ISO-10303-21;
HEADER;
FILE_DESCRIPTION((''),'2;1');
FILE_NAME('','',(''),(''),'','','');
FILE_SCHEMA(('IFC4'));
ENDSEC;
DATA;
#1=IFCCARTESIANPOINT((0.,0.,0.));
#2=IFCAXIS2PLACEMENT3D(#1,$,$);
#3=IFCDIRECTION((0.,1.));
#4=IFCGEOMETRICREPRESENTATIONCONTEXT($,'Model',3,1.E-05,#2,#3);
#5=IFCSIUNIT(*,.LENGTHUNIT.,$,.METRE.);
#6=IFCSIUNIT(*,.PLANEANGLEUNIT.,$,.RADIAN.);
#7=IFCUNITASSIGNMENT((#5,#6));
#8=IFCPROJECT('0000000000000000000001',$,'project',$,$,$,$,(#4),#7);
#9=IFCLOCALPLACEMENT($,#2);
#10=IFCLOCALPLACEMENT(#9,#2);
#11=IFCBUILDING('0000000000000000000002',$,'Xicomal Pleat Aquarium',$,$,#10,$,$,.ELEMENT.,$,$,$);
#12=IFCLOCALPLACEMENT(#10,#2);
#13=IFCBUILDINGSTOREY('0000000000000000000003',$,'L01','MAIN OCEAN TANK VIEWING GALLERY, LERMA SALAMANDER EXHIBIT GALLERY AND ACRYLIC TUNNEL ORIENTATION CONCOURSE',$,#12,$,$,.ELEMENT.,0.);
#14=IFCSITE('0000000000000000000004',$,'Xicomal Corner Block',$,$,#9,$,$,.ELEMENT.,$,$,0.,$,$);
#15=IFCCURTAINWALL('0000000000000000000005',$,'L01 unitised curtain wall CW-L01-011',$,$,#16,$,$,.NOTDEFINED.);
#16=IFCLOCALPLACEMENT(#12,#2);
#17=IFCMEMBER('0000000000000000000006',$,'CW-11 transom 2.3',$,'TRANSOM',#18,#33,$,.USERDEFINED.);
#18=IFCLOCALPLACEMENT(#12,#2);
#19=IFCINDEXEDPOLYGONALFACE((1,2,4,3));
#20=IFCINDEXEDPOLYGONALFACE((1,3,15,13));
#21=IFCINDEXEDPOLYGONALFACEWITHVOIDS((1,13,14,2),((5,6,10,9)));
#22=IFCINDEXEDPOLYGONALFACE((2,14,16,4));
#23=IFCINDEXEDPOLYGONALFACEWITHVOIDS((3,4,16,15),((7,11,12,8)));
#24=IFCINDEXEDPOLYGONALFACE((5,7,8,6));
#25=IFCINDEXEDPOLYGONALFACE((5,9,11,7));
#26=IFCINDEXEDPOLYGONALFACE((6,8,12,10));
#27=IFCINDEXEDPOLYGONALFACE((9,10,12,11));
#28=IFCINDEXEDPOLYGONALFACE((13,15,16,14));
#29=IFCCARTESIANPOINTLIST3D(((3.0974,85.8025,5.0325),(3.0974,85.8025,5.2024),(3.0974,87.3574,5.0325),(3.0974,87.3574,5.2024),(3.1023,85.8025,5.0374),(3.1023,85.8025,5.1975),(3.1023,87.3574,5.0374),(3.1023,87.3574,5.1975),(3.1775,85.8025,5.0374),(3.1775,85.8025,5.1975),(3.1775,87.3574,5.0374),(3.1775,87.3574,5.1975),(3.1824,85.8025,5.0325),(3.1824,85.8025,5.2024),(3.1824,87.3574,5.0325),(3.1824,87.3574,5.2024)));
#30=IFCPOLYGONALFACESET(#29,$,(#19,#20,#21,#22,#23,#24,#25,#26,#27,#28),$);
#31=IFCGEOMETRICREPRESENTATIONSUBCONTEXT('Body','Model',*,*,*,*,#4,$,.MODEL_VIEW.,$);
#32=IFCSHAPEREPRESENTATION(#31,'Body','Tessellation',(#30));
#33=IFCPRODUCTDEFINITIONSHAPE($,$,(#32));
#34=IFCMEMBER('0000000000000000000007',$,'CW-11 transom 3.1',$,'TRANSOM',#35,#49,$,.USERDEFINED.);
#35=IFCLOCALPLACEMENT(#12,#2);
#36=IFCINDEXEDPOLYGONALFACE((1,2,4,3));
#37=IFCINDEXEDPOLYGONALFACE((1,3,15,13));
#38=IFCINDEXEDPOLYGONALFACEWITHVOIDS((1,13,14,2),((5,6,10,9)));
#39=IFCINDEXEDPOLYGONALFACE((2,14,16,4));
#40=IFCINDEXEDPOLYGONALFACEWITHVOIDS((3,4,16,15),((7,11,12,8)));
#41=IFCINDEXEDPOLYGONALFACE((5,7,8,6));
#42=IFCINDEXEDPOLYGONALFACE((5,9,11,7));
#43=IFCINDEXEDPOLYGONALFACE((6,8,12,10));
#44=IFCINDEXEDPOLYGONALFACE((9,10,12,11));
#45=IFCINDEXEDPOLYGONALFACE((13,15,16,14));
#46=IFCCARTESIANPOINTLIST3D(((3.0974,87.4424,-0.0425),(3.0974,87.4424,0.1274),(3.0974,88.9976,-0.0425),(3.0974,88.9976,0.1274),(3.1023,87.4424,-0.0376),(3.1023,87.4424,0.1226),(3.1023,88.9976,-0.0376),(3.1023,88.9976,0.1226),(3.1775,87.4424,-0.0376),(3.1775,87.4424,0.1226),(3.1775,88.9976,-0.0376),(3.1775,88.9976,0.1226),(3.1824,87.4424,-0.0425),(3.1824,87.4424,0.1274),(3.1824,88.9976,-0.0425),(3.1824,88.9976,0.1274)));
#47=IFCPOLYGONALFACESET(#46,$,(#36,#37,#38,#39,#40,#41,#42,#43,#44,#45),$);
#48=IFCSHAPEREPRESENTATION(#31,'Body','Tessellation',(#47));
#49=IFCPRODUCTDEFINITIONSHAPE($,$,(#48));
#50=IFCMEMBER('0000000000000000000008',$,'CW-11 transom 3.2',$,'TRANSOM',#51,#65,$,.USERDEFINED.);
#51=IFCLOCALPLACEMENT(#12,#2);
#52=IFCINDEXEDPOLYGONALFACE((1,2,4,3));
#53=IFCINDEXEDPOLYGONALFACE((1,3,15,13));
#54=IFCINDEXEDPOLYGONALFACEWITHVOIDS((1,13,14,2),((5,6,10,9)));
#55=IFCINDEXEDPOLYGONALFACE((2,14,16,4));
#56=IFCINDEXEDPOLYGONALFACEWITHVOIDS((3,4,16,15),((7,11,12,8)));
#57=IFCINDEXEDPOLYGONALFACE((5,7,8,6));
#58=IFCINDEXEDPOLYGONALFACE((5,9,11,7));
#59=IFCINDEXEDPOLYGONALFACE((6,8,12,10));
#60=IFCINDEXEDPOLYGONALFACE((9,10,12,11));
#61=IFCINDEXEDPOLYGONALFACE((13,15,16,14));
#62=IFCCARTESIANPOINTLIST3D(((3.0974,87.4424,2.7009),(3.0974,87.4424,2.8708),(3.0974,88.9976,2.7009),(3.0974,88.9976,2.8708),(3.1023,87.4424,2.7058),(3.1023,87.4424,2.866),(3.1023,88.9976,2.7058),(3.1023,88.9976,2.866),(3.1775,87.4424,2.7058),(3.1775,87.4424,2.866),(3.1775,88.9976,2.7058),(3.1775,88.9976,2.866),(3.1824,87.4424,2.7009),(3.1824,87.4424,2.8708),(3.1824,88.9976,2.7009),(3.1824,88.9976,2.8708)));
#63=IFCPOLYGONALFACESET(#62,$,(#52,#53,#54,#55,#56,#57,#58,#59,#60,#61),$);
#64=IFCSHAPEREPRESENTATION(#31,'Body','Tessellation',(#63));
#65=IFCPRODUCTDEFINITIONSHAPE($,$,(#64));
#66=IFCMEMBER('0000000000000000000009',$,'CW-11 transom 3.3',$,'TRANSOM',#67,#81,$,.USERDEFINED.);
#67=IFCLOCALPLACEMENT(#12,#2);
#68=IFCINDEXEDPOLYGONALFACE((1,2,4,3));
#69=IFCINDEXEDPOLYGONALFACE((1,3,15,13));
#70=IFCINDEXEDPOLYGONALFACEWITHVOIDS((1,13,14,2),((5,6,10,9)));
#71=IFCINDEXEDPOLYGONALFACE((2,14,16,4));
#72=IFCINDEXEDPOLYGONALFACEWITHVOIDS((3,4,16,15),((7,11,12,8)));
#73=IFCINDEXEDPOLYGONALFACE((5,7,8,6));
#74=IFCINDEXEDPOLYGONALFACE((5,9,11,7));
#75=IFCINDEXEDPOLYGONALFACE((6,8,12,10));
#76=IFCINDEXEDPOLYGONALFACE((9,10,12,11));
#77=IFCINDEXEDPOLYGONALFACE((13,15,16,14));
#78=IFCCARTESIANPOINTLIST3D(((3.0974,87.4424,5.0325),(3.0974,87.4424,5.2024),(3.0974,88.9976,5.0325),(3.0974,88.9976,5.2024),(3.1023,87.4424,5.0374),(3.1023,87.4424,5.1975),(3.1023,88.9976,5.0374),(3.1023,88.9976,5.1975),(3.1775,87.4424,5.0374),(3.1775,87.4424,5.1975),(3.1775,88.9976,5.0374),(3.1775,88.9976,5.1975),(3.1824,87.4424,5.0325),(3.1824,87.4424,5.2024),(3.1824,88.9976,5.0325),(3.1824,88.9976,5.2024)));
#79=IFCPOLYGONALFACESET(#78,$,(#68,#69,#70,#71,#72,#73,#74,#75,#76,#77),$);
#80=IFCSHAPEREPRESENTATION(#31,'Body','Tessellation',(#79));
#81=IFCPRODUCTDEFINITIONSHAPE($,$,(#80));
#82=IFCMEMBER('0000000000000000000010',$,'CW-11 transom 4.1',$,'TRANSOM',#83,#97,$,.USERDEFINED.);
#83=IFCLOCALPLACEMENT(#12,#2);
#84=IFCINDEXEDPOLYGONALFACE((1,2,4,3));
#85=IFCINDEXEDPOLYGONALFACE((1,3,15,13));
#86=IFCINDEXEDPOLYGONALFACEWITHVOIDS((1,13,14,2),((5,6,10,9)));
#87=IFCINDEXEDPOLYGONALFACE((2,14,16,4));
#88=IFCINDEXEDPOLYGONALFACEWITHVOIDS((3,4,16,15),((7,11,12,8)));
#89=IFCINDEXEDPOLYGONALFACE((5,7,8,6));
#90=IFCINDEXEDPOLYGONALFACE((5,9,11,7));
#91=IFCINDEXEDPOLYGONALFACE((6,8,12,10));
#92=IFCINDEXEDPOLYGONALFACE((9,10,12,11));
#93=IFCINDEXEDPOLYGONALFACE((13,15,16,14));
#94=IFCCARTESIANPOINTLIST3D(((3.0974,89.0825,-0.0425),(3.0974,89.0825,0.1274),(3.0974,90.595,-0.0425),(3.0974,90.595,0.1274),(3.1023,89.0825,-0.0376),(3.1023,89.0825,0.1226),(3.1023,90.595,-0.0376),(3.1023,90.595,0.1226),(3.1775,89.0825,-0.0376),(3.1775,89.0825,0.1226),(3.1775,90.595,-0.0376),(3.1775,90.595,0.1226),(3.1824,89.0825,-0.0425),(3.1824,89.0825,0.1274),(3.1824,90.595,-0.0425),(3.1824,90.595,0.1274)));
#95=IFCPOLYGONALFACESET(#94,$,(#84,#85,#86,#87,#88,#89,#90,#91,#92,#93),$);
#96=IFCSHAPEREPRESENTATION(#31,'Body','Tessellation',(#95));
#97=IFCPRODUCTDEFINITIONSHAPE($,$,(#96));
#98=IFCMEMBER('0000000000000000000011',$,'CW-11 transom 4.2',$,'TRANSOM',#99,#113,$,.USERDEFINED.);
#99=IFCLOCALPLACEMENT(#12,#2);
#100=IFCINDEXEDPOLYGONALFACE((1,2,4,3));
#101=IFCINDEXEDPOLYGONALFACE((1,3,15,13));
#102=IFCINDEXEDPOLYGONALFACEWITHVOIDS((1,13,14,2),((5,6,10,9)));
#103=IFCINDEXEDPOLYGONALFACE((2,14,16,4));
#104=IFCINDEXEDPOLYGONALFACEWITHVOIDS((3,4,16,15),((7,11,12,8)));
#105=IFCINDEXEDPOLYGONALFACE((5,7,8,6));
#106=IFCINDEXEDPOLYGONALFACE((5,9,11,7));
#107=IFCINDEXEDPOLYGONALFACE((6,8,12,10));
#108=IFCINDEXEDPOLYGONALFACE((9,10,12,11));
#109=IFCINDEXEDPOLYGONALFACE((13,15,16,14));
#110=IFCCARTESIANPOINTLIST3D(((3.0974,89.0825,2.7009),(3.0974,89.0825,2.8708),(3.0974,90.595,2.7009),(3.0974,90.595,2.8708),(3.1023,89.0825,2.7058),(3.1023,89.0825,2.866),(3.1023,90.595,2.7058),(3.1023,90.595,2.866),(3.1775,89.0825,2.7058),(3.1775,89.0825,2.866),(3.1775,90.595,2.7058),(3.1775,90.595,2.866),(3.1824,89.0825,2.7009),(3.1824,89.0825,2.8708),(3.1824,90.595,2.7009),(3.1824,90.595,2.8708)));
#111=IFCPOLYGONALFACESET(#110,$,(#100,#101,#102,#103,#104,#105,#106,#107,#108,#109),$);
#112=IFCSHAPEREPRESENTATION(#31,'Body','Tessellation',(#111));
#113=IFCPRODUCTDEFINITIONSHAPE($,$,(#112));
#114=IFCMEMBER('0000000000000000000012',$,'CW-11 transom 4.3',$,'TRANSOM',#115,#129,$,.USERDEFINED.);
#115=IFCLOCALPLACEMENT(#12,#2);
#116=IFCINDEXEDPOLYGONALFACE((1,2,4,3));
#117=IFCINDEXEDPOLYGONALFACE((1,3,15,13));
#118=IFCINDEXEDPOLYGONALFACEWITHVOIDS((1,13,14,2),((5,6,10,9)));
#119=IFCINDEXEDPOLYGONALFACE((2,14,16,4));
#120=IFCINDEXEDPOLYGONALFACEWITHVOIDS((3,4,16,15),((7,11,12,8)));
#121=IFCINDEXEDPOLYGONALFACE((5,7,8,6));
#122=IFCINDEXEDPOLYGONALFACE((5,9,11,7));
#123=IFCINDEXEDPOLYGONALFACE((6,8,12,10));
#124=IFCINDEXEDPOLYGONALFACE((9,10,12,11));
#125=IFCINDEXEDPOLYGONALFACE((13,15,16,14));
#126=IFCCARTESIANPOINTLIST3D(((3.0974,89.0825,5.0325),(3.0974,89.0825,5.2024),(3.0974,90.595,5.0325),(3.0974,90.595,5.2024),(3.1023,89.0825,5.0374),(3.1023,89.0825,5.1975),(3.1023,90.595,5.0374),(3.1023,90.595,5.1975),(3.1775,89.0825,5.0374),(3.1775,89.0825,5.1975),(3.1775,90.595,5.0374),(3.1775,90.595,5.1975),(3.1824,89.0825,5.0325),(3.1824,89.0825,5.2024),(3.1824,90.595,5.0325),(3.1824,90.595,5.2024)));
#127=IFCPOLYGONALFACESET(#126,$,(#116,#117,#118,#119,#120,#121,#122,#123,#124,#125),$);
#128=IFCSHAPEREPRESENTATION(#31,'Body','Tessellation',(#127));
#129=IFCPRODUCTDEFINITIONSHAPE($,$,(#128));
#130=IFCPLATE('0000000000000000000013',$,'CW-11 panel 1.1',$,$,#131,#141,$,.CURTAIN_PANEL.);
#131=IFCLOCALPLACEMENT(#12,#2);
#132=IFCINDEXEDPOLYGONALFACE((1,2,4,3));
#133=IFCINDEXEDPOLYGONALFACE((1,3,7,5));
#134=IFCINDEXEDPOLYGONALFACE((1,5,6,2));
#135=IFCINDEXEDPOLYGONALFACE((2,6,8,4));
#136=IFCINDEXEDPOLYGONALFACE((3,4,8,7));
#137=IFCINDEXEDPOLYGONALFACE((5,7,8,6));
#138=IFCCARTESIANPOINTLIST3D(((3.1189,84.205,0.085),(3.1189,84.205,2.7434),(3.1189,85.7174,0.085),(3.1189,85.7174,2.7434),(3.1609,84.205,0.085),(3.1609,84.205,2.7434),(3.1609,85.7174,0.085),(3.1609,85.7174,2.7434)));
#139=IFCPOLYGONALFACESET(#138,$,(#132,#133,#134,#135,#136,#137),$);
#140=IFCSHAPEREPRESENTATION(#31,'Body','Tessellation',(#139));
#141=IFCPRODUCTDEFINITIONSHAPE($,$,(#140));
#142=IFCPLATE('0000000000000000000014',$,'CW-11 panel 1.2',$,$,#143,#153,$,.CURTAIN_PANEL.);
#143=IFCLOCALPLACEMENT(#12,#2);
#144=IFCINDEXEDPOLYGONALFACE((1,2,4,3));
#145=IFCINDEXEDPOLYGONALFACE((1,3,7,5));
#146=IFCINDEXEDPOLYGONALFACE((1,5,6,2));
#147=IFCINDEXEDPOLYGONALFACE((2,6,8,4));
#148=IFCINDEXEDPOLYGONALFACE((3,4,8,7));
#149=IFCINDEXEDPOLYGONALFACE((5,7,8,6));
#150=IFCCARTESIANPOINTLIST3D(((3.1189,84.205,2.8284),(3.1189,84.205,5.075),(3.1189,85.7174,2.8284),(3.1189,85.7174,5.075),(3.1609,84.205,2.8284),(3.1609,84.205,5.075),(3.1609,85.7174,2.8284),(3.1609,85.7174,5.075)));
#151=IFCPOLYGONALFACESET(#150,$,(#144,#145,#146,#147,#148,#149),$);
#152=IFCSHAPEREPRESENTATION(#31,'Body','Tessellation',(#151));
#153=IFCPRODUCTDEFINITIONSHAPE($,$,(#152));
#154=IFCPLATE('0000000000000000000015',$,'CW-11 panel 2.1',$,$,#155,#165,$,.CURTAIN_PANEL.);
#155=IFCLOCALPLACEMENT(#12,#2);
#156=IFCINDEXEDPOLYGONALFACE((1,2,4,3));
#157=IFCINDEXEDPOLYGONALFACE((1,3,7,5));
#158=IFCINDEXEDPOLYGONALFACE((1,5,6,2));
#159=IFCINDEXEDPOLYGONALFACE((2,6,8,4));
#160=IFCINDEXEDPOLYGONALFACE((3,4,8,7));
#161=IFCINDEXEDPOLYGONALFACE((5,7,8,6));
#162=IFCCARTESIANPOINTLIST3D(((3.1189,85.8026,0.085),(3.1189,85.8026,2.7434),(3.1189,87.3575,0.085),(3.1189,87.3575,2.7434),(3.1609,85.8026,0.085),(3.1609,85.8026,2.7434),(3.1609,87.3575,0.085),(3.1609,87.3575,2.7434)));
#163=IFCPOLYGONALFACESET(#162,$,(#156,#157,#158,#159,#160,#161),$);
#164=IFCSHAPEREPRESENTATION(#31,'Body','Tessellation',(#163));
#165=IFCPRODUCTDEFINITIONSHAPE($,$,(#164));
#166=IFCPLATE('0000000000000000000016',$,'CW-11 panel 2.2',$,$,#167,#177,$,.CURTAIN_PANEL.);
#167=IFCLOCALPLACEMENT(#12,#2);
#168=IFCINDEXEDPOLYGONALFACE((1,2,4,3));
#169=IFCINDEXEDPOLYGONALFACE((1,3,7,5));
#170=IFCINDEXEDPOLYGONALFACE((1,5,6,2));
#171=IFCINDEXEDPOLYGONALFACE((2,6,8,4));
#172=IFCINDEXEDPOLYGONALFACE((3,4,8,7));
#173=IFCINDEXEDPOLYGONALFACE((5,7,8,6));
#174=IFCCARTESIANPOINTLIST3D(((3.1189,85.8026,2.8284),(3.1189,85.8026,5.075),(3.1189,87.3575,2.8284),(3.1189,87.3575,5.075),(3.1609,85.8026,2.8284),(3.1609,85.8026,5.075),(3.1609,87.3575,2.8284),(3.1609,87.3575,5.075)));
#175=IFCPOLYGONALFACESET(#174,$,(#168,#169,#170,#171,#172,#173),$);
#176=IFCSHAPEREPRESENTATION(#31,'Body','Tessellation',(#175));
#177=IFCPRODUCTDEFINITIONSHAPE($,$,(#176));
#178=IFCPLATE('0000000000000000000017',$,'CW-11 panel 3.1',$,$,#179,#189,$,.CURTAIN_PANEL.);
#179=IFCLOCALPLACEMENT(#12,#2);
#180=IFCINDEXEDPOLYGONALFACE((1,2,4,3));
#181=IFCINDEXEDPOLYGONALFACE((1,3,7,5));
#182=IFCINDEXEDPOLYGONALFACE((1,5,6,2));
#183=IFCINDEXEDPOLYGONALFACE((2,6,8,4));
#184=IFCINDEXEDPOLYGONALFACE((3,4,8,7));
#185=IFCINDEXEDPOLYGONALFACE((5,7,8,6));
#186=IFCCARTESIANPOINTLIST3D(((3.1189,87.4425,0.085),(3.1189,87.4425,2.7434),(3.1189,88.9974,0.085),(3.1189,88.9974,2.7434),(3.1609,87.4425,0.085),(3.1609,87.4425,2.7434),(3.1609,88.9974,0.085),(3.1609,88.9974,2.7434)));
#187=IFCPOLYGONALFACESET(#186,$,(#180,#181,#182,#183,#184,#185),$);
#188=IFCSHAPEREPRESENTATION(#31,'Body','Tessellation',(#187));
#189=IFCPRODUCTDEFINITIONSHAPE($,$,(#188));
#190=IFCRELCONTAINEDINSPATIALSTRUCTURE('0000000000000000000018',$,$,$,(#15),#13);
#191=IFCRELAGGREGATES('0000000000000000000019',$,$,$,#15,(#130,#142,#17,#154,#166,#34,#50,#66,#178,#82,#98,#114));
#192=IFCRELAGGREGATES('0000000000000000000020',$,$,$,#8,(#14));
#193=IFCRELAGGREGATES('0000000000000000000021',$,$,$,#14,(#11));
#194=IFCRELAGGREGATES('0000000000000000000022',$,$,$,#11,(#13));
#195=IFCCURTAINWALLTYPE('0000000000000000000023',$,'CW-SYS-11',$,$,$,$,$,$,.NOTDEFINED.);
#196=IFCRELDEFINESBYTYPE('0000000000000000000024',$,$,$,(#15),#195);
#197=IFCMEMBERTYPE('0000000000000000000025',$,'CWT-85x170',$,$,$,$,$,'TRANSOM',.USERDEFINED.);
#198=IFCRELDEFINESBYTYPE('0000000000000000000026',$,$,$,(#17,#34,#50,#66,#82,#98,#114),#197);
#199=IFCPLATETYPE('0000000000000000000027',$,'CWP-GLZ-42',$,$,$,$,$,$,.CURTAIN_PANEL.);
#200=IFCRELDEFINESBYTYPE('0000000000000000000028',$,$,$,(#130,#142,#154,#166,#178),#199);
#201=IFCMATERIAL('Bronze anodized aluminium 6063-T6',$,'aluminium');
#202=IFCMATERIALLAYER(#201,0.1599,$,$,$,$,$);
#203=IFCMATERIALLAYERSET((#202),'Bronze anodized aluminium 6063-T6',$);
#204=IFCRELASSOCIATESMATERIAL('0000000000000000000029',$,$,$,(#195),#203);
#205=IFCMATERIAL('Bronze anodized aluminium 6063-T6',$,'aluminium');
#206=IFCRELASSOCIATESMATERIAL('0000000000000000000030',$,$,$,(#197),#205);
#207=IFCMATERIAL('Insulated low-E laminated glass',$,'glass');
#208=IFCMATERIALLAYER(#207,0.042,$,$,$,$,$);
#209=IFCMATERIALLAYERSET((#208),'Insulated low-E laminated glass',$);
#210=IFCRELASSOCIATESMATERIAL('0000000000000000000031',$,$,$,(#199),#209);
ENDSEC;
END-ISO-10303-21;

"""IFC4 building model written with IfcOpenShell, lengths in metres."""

from ifc_helpers import new_model, si_unit, direction, frame, origin, origin_2d, place, context, subcontext, project, spatial, rectangle, hollow_rectangle, extrude, material, layer, layer_set, material_profile, profile_set, type_object, element, aggregate, save


model = new_model("IFC4")

# Units and contexts
model_context = context("Model", 3, precision=1e-05, world=origin(), true_north=direction((0.0, 1.0)))
body_context = subcontext(model_context, "Body", "Model", "MODEL_VIEW")
ifc_project = project(units=[si_unit("LENGTHUNIT", "METRE"), si_unit("PLANEANGLEUNIT", "RADIAN")], contexts=[model_context])

# Site, building, storey
site_placement = place(None, origin())
site = spatial("IfcSite", under=ifc_project, at=site_placement, Name="Xicomal Corner Block", CompositionType="ELEMENT", RefElevation=0.0)
building_placement = place(site_placement, origin())
building = spatial("IfcBuilding", under=site, at=building_placement, Name="Xicomal Pleat Aquarium", CompositionType="ELEMENT")
storey_placement = place(building_placement, origin())
storey = spatial("IfcBuildingStorey", under=building, at=storey_placement, Name="L01", Description="MAIN OCEAN TANK VIEWING GALLERY, LERMA SALAMANDER EXHIBIT GALLERY AND ACRYLIC TUNNEL ORIENTATION CONCOURSE", CompositionType="ELEMENT", Elevation=0.0)

# Curtain wall, members, plates
ifc_material_1 = material(Name="Bronze anodized aluminium 6063-T6", Category="aluminium")
ifc_layer_1 = layer(ifc_material_1, 0.1599)
ifc_layer_set_1 = layer_set([ifc_layer_1], Name="Bronze anodized aluminium 6063-T6")
curtain_wall_type = type_object("IfcCurtainWallType", Name="CW-SYS-11", PredefinedType="NOTDEFINED", material=ifc_layer_set_1)
curtain_wall_placement = place(storey_placement, origin())
curtain_wall = element("IfcCurtainWall", 1, at=curtain_wall_placement, inside=storey, type_object=curtain_wall_type, Name="L01 unitised curtain wall CW-L01-011", PredefinedType="NOTDEFINED")
ifc_material_2 = material(Name="Bronze anodized aluminium 6063-T6", Category="aluminium")
ifc_material_profile_1 = material_profile(ifc_material_2, hollow_rectangle(XDim=0.085, YDim=0.1699, WallThickness=0.0049, at=origin_2d()), Name="ALU TRAN 85x170")
ifc_profile_set_1 = profile_set([ifc_material_profile_1], Name="Bronze anodized aluminium 6063-T6")
member_type_1 = type_object("IfcMemberType", Name="CWT-85x170", ElementType="TRANSOM", PredefinedType="USERDEFINED", material=ifc_profile_set_1)
member_1_placement = place(storey_placement, frame((3.1399, 85.8025, 5.1174), z_axis=(0.0, 1.0, 0.0), x_axis=(-1.0, 0.0, 0.0)))
member_1 = element("IfcMember", 2, at=member_1_placement, type_object=member_type_1, Name="CW-11 transom 2.3", ObjectType="TRANSOM", PredefinedType="USERDEFINED", context=body_context, shape_type="SweptSolid", body=[
    extrude(hollow_rectangle(XDim=0.085, YDim=0.1699, WallThickness=0.0049, at=origin_2d()), origin(), (0.0, 0.0, 1.0), 1.5549),
])
member_2_placement = place(storey_placement, frame((3.1399, 87.4424, 0.0425), z_axis=(0.0, 1.0, 0.0), x_axis=(-1.0, 0.0, 0.0)))
member_2 = element("IfcMember", 3, at=member_2_placement, type_object=member_type_1, Name="CW-11 transom 3.1", ObjectType="TRANSOM", PredefinedType="USERDEFINED", context=body_context, shape_type="SweptSolid", body=[
    extrude(hollow_rectangle(XDim=0.085, YDim=0.1699, WallThickness=0.0049, at=origin_2d()), origin(), (0.0, 0.0, 1.0), 1.5552),
])
member_3_placement = place(storey_placement, frame((3.1399, 87.4424, 2.7859), z_axis=(0.0, 1.0, 0.0), x_axis=(-1.0, 0.0, 0.0)))
member_3 = element("IfcMember", 4, at=member_3_placement, type_object=member_type_1, Name="CW-11 transom 3.2", ObjectType="TRANSOM", PredefinedType="USERDEFINED", context=body_context, shape_type="SweptSolid", body=[
    extrude(hollow_rectangle(XDim=0.085, YDim=0.1699, WallThickness=0.0049, at=origin_2d()), origin(), (0.0, 0.0, 1.0), 1.5552),
])
member_4_placement = place(storey_placement, frame((3.1399, 87.4424, 5.1174), z_axis=(0.0, 1.0, 0.0), x_axis=(-1.0, 0.0, 0.0)))
member_4 = element("IfcMember", 5, at=member_4_placement, type_object=member_type_1, Name="CW-11 transom 3.3", ObjectType="TRANSOM", PredefinedType="USERDEFINED", context=body_context, shape_type="SweptSolid", body=[
    extrude(hollow_rectangle(XDim=0.085, YDim=0.1699, WallThickness=0.0049, at=origin_2d()), origin(), (0.0, 0.0, 1.0), 1.5552),
])
member_5_placement = place(storey_placement, frame((3.1399, 89.0825, 0.0425), z_axis=(0.0, 1.0, 0.0), x_axis=(-1.0, 0.0, 0.0)))
member_5 = element("IfcMember", 6, at=member_5_placement, type_object=member_type_1, Name="CW-11 transom 4.1", ObjectType="TRANSOM", PredefinedType="USERDEFINED", context=body_context, shape_type="SweptSolid", body=[
    extrude(hollow_rectangle(XDim=0.085, YDim=0.1699, WallThickness=0.0049, at=origin_2d()), origin(), (0.0, 0.0, 1.0), 1.5125),
])
member_6_placement = place(storey_placement, frame((3.1399, 89.0825, 2.7859), z_axis=(0.0, 1.0, 0.0), x_axis=(-1.0, 0.0, 0.0)))
member_6 = element("IfcMember", 7, at=member_6_placement, type_object=member_type_1, Name="CW-11 transom 4.2", ObjectType="TRANSOM", PredefinedType="USERDEFINED", context=body_context, shape_type="SweptSolid", body=[
    extrude(hollow_rectangle(XDim=0.085, YDim=0.1699, WallThickness=0.0049, at=origin_2d()), origin(), (0.0, 0.0, 1.0), 1.5125),
])
member_7_placement = place(storey_placement, frame((3.1399, 89.0825, 5.1174), z_axis=(0.0, 1.0, 0.0), x_axis=(-1.0, 0.0, 0.0)))
member_7 = element("IfcMember", 8, at=member_7_placement, type_object=member_type_1, Name="CW-11 transom 4.3", ObjectType="TRANSOM", PredefinedType="USERDEFINED", context=body_context, shape_type="SweptSolid", body=[
    extrude(hollow_rectangle(XDim=0.085, YDim=0.1699, WallThickness=0.0049, at=origin_2d()), origin(), (0.0, 0.0, 1.0), 1.5125),
])
ifc_material_3 = material(Name="Insulated low-E laminated glass", Category="glass")
ifc_layer_2 = layer(ifc_material_3, 0.042)
ifc_layer_set_2 = layer_set([ifc_layer_2], Name="Insulated low-E laminated glass")
plate_type = type_object("IfcPlateType", Name="CWP-GLZ-42", PredefinedType="CURTAIN_PANEL", material=ifc_layer_set_2)
plate_1_placement = place(storey_placement, frame((3.1399, 84.9612, 0.085), z_axis=(0.0, 0.0, 1.0), x_axis=(0.0, 1.0, 0.0)))
plate_1 = element("IfcPlate", 9, at=plate_1_placement, type_object=plate_type, Name="CW-11 panel 1.1", PredefinedType="CURTAIN_PANEL", context=body_context, shape_type="SweptSolid", body=[
    extrude(rectangle(XDim=1.5125, YDim=0.042, at=origin_2d()), origin(), (0.0, 0.0, 1.0), 2.6584),
])
plate_2_placement = place(storey_placement, frame((3.1399, 84.9612, 2.8284), z_axis=(0.0, 0.0, 1.0), x_axis=(0.0, 1.0, 0.0)))
plate_2 = element("IfcPlate", 10, at=plate_2_placement, type_object=plate_type, Name="CW-11 panel 1.2", PredefinedType="CURTAIN_PANEL", context=body_context, shape_type="SweptSolid", body=[
    extrude(rectangle(XDim=1.5125, YDim=0.042, at=origin_2d()), origin(), (0.0, 0.0, 1.0), 2.2466),
])
plate_3_placement = place(storey_placement, frame((3.1399, 86.5801, 0.085), z_axis=(0.0, 0.0, 1.0), x_axis=(0.0, 1.0, 0.0)))
plate_3 = element("IfcPlate", 11, at=plate_3_placement, type_object=plate_type, Name="CW-11 panel 2.1", PredefinedType="CURTAIN_PANEL", context=body_context, shape_type="SweptSolid", body=[
    extrude(rectangle(XDim=1.5549, YDim=0.042, at=origin_2d()), origin(), (0.0, 0.0, 1.0), 2.6584),
])
plate_4_placement = place(storey_placement, frame((3.1399, 86.5801, 2.8284), z_axis=(0.0, 0.0, 1.0), x_axis=(0.0, 1.0, 0.0)))
plate_4 = element("IfcPlate", 12, at=plate_4_placement, type_object=plate_type, Name="CW-11 panel 2.2", PredefinedType="CURTAIN_PANEL", context=body_context, shape_type="SweptSolid", body=[
    extrude(rectangle(XDim=1.5549, YDim=0.042, at=origin_2d()), origin(), (0.0, 0.0, 1.0), 2.2466),
])
plate_5_placement = place(storey_placement, frame((3.1399, 88.22, 0.085), z_axis=(0.0, 0.0, 1.0), x_axis=(0.0, 1.0, 0.0)))
plate_5 = element("IfcPlate", 13, at=plate_5_placement, type_object=plate_type, Name="CW-11 panel 3.1", PredefinedType="CURTAIN_PANEL", context=body_context, shape_type="SweptSolid", body=[
    extrude(rectangle(XDim=1.5549, YDim=0.042, at=origin_2d()), origin(), (0.0, 0.0, 1.0), 2.6584),
])
aggregate(curtain_wall, [plate_1, plate_2, member_1, plate_3, plate_4, member_2, member_3, member_4, plate_5, member_5, member_6, member_7])

save(model, "model.ifc")
